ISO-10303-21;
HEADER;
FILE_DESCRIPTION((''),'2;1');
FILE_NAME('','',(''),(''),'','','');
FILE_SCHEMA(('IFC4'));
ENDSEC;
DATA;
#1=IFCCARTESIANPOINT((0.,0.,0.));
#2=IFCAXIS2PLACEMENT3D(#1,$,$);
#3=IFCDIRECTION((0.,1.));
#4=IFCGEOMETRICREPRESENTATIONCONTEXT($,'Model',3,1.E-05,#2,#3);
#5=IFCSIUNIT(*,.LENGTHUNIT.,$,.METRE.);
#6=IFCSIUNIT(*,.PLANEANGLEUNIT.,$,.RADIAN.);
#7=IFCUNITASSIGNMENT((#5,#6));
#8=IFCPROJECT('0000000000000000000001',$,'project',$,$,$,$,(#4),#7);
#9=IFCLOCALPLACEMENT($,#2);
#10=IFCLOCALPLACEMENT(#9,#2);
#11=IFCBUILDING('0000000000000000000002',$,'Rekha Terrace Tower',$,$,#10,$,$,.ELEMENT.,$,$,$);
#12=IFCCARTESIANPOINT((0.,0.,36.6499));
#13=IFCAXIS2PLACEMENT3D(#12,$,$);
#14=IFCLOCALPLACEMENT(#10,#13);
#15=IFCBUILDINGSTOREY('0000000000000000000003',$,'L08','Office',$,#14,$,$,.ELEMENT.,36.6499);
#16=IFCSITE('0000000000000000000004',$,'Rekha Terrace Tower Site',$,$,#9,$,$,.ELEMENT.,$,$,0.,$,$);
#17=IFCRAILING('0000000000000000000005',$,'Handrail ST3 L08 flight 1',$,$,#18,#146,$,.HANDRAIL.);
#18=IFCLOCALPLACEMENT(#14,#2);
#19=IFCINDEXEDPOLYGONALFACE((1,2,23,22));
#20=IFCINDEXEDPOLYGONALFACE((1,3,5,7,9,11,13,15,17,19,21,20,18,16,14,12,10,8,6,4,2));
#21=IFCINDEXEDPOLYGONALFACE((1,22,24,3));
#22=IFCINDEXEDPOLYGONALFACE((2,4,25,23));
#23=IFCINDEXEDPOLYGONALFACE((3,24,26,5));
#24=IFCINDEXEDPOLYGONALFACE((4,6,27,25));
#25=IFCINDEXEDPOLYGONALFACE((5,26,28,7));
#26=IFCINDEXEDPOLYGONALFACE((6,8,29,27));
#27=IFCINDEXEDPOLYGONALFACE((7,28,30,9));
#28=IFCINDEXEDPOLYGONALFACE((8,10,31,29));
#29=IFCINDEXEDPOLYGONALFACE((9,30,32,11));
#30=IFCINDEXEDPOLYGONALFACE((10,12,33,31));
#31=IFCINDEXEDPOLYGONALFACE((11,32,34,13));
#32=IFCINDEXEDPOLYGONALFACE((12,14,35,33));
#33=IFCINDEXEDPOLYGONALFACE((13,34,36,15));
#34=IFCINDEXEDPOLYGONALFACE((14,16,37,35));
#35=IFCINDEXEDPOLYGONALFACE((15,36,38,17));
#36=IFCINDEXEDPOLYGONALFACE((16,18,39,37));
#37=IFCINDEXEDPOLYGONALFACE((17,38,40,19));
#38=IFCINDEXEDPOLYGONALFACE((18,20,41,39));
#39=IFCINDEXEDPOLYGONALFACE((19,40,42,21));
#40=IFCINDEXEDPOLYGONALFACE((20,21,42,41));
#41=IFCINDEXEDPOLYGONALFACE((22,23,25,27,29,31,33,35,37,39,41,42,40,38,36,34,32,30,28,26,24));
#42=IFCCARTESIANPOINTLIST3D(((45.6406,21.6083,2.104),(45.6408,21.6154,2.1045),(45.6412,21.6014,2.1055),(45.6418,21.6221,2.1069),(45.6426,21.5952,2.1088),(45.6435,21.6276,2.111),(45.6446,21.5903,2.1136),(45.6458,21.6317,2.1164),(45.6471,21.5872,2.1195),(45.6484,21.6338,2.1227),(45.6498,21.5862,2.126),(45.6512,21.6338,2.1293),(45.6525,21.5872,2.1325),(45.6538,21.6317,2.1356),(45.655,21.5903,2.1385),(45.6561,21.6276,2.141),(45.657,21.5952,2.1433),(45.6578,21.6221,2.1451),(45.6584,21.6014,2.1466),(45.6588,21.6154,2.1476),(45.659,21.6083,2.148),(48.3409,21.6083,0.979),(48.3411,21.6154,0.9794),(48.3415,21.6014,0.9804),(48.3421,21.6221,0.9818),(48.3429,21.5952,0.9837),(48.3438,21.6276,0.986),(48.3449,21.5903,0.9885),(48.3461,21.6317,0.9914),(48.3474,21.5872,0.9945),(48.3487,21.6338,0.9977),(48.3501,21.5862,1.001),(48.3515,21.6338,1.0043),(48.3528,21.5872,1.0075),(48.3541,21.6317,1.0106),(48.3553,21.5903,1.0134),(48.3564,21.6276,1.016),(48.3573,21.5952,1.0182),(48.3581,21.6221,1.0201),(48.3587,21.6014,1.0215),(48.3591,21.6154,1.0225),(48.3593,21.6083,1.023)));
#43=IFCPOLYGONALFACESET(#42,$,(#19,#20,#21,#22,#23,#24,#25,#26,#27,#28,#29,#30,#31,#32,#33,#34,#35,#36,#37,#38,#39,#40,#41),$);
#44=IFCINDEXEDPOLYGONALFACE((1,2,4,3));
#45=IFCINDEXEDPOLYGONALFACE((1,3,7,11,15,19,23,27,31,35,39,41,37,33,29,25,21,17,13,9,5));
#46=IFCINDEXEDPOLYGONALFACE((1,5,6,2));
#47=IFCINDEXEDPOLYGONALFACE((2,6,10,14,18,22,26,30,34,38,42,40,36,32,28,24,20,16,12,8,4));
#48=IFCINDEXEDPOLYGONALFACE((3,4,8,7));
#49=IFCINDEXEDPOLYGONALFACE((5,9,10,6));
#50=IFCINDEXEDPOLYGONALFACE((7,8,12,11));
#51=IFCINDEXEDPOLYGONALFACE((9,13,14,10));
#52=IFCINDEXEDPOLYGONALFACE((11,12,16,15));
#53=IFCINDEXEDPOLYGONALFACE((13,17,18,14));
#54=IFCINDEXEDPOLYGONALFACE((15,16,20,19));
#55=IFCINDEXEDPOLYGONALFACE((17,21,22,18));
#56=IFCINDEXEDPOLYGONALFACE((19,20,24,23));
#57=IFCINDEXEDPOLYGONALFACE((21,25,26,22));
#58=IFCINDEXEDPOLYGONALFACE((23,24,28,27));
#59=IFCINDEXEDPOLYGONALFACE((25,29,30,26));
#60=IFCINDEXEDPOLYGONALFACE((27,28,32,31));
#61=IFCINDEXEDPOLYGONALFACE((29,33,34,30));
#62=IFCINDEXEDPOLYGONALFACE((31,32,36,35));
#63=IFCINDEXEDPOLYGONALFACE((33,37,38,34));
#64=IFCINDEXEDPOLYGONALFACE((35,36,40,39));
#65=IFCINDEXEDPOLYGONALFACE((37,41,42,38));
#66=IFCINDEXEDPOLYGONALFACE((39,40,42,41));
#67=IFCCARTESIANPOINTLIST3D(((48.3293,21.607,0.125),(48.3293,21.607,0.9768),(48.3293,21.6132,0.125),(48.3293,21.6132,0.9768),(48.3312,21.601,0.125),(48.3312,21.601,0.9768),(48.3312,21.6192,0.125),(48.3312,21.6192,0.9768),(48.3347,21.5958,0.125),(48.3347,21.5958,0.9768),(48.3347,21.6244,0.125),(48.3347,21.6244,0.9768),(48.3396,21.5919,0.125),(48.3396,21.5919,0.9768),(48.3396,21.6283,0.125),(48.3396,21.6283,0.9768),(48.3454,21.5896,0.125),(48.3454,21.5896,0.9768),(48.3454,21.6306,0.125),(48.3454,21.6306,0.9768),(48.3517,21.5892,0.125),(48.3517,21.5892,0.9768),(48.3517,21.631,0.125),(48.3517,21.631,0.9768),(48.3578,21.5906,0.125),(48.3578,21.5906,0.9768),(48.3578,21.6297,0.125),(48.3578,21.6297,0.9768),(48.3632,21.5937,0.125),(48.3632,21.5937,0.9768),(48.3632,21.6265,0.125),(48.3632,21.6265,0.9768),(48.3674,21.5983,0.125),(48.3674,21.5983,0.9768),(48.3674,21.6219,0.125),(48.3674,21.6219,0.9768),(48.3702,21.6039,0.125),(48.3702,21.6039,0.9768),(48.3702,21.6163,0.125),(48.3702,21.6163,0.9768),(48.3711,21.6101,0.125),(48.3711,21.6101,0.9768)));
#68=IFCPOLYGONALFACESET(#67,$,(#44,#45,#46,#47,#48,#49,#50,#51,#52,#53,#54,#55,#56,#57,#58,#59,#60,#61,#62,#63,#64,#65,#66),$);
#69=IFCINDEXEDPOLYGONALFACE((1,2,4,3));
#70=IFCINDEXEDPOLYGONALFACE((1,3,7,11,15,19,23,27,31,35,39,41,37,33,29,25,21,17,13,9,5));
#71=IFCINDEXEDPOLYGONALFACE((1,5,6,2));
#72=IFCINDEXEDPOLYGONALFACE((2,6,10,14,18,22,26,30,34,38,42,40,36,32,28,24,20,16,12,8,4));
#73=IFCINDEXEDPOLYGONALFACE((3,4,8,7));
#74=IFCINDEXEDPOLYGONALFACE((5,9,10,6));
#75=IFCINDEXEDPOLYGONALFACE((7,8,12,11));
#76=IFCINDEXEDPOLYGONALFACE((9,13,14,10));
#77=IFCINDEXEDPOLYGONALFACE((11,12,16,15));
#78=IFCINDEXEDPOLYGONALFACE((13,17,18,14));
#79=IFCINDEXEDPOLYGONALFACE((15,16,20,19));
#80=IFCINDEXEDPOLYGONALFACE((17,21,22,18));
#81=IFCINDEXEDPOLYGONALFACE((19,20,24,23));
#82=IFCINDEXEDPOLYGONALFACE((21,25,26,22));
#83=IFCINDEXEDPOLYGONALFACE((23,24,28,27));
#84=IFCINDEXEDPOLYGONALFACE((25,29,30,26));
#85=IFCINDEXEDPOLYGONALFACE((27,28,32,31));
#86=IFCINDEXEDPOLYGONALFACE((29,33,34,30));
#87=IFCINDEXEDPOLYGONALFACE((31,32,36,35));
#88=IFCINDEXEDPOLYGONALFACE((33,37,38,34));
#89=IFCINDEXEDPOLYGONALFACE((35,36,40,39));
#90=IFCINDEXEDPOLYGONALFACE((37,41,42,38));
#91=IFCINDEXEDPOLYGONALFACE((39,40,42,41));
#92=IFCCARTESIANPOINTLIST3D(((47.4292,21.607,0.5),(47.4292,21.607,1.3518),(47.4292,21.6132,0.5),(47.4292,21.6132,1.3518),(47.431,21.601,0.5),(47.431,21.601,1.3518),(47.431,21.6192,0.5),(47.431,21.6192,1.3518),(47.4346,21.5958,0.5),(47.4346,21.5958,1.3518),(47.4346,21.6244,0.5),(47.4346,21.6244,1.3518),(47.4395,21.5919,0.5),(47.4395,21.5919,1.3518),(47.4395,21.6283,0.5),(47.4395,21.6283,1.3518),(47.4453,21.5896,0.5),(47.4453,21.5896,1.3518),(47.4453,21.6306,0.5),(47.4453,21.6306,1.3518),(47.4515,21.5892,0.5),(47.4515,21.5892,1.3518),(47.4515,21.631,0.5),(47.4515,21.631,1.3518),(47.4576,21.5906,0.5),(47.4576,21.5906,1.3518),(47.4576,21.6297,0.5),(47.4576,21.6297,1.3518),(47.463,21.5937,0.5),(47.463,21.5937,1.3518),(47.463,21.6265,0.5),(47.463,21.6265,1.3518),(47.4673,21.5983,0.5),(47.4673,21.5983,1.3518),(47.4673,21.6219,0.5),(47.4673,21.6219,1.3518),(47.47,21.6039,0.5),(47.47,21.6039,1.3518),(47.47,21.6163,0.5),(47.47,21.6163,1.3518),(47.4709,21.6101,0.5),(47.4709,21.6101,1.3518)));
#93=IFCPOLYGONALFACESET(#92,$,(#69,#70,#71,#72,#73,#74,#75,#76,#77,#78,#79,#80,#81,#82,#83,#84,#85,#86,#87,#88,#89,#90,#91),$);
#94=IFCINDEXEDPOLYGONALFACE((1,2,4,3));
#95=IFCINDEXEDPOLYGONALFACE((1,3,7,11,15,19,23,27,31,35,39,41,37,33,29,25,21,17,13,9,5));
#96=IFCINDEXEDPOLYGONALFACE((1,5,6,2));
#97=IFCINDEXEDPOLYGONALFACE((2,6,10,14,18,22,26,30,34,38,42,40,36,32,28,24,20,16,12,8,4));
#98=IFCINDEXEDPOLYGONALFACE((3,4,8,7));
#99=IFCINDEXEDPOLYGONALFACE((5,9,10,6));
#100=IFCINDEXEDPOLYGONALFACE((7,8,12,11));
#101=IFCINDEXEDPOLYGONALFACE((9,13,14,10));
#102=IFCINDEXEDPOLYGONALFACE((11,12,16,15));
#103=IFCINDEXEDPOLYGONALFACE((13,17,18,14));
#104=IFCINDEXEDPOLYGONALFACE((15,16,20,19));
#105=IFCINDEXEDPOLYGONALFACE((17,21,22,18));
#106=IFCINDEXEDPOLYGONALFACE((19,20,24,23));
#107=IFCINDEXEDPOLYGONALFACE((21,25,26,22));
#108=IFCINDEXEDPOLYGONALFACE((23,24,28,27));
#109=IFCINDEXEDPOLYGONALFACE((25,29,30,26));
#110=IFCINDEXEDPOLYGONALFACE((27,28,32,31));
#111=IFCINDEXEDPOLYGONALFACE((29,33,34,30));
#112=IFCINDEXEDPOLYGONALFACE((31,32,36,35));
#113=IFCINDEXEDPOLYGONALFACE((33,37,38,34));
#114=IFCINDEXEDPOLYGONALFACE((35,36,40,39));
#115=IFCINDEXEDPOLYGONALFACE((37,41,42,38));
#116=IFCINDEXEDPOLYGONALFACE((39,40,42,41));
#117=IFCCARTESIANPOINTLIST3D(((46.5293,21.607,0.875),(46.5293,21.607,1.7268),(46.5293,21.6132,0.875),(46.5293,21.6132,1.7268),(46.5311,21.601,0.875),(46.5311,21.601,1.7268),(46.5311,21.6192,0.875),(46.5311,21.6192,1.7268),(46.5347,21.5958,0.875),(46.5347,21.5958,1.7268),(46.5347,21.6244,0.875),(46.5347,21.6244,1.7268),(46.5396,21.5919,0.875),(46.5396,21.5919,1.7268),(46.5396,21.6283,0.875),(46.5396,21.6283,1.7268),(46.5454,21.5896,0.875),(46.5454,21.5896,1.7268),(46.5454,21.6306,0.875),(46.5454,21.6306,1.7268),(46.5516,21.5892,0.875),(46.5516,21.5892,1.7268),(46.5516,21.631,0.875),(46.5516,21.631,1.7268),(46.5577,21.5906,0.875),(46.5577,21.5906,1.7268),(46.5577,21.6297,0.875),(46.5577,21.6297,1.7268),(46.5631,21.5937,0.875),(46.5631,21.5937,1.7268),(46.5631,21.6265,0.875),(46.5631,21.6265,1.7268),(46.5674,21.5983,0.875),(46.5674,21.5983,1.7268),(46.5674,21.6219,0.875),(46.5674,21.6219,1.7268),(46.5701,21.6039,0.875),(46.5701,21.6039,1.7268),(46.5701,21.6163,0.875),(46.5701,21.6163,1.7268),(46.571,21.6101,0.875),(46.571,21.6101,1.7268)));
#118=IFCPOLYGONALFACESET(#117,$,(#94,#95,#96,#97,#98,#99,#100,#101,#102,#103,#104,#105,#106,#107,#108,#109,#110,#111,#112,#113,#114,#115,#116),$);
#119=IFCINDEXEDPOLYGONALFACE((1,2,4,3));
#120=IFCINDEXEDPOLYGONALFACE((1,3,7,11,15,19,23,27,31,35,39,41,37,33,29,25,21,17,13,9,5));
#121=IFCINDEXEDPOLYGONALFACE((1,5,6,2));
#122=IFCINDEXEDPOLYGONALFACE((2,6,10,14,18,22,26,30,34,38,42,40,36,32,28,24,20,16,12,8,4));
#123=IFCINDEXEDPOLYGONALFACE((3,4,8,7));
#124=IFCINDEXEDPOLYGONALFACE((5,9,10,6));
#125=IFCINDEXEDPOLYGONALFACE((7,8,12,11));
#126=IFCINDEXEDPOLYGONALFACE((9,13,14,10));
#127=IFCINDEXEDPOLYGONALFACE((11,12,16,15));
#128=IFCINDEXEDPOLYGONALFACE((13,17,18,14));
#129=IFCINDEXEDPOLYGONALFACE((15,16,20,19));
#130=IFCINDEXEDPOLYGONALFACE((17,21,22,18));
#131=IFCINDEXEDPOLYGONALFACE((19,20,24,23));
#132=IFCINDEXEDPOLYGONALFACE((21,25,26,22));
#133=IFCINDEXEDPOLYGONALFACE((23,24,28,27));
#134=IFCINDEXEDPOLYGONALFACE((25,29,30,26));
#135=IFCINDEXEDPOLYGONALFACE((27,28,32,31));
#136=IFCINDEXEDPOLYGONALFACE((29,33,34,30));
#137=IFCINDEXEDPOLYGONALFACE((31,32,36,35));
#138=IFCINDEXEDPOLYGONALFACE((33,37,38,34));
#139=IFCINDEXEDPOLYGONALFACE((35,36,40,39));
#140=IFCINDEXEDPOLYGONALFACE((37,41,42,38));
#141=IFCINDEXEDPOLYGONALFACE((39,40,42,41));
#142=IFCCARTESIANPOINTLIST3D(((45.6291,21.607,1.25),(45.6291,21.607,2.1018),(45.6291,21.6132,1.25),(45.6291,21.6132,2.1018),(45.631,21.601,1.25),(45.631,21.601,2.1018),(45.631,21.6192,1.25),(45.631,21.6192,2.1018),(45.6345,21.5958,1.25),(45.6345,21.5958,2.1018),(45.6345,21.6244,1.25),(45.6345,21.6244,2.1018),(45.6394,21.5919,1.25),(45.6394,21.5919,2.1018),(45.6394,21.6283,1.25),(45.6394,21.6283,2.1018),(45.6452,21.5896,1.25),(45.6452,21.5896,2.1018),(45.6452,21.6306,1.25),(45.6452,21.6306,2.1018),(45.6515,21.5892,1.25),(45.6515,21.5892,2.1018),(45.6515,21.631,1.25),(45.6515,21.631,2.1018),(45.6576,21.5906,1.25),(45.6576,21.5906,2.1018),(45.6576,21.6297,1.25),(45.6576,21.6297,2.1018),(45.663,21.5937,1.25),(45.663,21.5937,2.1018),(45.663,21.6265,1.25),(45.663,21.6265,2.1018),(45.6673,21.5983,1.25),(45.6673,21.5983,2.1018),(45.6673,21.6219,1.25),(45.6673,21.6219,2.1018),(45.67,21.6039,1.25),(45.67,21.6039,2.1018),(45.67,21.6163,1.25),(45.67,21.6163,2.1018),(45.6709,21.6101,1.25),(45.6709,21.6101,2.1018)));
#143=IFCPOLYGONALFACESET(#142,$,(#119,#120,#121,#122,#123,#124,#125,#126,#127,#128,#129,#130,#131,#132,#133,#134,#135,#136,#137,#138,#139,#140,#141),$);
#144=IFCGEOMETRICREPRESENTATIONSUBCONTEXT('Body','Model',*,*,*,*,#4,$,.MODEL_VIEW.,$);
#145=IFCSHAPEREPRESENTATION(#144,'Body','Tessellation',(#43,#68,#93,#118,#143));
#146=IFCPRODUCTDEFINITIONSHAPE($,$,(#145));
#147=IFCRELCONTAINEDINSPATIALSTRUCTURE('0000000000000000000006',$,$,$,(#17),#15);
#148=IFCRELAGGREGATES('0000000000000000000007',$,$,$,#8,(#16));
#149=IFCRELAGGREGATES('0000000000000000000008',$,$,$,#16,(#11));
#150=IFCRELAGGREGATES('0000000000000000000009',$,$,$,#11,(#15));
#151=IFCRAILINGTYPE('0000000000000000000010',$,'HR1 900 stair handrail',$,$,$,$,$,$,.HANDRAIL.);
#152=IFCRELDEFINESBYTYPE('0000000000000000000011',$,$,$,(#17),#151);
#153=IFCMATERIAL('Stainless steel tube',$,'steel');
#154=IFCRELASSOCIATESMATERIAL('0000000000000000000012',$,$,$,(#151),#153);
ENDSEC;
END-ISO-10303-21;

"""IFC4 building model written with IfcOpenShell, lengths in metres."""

from ifc_helpers import new_model, si_unit, direction, frame, origin, origin_2d, place, context, subcontext, project, spatial, circle, extrude, material, type_object, element, save


model = new_model("IFC4")

# Units and contexts
model_context = context("Model", 3, precision=1e-05, world=origin(), true_north=direction((0.0, 1.0)))
body_context = subcontext(model_context, "Body", "Model", "MODEL_VIEW")
ifc_project = project(units=[si_unit("LENGTHUNIT", "METRE"), si_unit("PLANEANGLEUNIT", "RADIAN")], contexts=[model_context])

# Site, building, storey
site_placement = place(None, origin())
site = spatial("IfcSite", under=ifc_project, at=site_placement, Name="Rekha Terrace Tower Site", CompositionType="ELEMENT", RefElevation=0.0)
building_placement = place(site_placement, origin())
building = spatial("IfcBuilding", under=site, at=building_placement, Name="Rekha Terrace Tower", CompositionType="ELEMENT")
storey_placement = place(building_placement, frame((0.0, 0.0, 36.6499)))
storey = spatial("IfcBuildingStorey", under=building, at=storey_placement, Name="L08", Description="Office", CompositionType="ELEMENT", Elevation=36.6499)

# Railing
ifc_material_1 = material(Name="Stainless steel tube", Category="steel")
railing_type_1 = type_object("IfcRailingType", Name="HR1 900 stair handrail", PredefinedType="HANDRAIL", material=ifc_material_1)
railing_1_placement = place(storey_placement, frame((48.3501, 21.6101, 0.125)))
element("IfcRailing", 1, at=railing_1_placement, inside=storey, type_object=railing_type_1, Name="Handrail ST3 L08 flight 1", PredefinedType="HANDRAIL", context=body_context, shape_type="SweptSolid", body=[
    extrude(circle(Radius=0.0239, at=origin_2d()), frame((0.0, 0.0, 0.876), z_axis=(-0.923087, 0.0, 0.384592), x_axis=(0.0, -1.0, 0.0)), (0.0, 0.0, 1.0), 2.9253),
    extrude(circle(Radius=0.021, at=origin_2d()), origin(), (0.0, 0.0, 1.0), 0.8518),
    extrude(circle(Radius=0.021, at=origin_2d()), frame((-0.9001, 0.0, 0.375)), (0.0, 0.0, 1.0), 0.8518),
    extrude(circle(Radius=0.021, at=origin_2d()), frame((-1.8, 0.0, 0.75)), (0.0, 0.0, 1.0), 0.8518),
    extrude(circle(Radius=0.021, at=origin_2d()), frame((-2.7002, 0.0, 1.125)), (0.0, 0.0, 1.0), 0.8518),
])

save(model, "model.ifc")
